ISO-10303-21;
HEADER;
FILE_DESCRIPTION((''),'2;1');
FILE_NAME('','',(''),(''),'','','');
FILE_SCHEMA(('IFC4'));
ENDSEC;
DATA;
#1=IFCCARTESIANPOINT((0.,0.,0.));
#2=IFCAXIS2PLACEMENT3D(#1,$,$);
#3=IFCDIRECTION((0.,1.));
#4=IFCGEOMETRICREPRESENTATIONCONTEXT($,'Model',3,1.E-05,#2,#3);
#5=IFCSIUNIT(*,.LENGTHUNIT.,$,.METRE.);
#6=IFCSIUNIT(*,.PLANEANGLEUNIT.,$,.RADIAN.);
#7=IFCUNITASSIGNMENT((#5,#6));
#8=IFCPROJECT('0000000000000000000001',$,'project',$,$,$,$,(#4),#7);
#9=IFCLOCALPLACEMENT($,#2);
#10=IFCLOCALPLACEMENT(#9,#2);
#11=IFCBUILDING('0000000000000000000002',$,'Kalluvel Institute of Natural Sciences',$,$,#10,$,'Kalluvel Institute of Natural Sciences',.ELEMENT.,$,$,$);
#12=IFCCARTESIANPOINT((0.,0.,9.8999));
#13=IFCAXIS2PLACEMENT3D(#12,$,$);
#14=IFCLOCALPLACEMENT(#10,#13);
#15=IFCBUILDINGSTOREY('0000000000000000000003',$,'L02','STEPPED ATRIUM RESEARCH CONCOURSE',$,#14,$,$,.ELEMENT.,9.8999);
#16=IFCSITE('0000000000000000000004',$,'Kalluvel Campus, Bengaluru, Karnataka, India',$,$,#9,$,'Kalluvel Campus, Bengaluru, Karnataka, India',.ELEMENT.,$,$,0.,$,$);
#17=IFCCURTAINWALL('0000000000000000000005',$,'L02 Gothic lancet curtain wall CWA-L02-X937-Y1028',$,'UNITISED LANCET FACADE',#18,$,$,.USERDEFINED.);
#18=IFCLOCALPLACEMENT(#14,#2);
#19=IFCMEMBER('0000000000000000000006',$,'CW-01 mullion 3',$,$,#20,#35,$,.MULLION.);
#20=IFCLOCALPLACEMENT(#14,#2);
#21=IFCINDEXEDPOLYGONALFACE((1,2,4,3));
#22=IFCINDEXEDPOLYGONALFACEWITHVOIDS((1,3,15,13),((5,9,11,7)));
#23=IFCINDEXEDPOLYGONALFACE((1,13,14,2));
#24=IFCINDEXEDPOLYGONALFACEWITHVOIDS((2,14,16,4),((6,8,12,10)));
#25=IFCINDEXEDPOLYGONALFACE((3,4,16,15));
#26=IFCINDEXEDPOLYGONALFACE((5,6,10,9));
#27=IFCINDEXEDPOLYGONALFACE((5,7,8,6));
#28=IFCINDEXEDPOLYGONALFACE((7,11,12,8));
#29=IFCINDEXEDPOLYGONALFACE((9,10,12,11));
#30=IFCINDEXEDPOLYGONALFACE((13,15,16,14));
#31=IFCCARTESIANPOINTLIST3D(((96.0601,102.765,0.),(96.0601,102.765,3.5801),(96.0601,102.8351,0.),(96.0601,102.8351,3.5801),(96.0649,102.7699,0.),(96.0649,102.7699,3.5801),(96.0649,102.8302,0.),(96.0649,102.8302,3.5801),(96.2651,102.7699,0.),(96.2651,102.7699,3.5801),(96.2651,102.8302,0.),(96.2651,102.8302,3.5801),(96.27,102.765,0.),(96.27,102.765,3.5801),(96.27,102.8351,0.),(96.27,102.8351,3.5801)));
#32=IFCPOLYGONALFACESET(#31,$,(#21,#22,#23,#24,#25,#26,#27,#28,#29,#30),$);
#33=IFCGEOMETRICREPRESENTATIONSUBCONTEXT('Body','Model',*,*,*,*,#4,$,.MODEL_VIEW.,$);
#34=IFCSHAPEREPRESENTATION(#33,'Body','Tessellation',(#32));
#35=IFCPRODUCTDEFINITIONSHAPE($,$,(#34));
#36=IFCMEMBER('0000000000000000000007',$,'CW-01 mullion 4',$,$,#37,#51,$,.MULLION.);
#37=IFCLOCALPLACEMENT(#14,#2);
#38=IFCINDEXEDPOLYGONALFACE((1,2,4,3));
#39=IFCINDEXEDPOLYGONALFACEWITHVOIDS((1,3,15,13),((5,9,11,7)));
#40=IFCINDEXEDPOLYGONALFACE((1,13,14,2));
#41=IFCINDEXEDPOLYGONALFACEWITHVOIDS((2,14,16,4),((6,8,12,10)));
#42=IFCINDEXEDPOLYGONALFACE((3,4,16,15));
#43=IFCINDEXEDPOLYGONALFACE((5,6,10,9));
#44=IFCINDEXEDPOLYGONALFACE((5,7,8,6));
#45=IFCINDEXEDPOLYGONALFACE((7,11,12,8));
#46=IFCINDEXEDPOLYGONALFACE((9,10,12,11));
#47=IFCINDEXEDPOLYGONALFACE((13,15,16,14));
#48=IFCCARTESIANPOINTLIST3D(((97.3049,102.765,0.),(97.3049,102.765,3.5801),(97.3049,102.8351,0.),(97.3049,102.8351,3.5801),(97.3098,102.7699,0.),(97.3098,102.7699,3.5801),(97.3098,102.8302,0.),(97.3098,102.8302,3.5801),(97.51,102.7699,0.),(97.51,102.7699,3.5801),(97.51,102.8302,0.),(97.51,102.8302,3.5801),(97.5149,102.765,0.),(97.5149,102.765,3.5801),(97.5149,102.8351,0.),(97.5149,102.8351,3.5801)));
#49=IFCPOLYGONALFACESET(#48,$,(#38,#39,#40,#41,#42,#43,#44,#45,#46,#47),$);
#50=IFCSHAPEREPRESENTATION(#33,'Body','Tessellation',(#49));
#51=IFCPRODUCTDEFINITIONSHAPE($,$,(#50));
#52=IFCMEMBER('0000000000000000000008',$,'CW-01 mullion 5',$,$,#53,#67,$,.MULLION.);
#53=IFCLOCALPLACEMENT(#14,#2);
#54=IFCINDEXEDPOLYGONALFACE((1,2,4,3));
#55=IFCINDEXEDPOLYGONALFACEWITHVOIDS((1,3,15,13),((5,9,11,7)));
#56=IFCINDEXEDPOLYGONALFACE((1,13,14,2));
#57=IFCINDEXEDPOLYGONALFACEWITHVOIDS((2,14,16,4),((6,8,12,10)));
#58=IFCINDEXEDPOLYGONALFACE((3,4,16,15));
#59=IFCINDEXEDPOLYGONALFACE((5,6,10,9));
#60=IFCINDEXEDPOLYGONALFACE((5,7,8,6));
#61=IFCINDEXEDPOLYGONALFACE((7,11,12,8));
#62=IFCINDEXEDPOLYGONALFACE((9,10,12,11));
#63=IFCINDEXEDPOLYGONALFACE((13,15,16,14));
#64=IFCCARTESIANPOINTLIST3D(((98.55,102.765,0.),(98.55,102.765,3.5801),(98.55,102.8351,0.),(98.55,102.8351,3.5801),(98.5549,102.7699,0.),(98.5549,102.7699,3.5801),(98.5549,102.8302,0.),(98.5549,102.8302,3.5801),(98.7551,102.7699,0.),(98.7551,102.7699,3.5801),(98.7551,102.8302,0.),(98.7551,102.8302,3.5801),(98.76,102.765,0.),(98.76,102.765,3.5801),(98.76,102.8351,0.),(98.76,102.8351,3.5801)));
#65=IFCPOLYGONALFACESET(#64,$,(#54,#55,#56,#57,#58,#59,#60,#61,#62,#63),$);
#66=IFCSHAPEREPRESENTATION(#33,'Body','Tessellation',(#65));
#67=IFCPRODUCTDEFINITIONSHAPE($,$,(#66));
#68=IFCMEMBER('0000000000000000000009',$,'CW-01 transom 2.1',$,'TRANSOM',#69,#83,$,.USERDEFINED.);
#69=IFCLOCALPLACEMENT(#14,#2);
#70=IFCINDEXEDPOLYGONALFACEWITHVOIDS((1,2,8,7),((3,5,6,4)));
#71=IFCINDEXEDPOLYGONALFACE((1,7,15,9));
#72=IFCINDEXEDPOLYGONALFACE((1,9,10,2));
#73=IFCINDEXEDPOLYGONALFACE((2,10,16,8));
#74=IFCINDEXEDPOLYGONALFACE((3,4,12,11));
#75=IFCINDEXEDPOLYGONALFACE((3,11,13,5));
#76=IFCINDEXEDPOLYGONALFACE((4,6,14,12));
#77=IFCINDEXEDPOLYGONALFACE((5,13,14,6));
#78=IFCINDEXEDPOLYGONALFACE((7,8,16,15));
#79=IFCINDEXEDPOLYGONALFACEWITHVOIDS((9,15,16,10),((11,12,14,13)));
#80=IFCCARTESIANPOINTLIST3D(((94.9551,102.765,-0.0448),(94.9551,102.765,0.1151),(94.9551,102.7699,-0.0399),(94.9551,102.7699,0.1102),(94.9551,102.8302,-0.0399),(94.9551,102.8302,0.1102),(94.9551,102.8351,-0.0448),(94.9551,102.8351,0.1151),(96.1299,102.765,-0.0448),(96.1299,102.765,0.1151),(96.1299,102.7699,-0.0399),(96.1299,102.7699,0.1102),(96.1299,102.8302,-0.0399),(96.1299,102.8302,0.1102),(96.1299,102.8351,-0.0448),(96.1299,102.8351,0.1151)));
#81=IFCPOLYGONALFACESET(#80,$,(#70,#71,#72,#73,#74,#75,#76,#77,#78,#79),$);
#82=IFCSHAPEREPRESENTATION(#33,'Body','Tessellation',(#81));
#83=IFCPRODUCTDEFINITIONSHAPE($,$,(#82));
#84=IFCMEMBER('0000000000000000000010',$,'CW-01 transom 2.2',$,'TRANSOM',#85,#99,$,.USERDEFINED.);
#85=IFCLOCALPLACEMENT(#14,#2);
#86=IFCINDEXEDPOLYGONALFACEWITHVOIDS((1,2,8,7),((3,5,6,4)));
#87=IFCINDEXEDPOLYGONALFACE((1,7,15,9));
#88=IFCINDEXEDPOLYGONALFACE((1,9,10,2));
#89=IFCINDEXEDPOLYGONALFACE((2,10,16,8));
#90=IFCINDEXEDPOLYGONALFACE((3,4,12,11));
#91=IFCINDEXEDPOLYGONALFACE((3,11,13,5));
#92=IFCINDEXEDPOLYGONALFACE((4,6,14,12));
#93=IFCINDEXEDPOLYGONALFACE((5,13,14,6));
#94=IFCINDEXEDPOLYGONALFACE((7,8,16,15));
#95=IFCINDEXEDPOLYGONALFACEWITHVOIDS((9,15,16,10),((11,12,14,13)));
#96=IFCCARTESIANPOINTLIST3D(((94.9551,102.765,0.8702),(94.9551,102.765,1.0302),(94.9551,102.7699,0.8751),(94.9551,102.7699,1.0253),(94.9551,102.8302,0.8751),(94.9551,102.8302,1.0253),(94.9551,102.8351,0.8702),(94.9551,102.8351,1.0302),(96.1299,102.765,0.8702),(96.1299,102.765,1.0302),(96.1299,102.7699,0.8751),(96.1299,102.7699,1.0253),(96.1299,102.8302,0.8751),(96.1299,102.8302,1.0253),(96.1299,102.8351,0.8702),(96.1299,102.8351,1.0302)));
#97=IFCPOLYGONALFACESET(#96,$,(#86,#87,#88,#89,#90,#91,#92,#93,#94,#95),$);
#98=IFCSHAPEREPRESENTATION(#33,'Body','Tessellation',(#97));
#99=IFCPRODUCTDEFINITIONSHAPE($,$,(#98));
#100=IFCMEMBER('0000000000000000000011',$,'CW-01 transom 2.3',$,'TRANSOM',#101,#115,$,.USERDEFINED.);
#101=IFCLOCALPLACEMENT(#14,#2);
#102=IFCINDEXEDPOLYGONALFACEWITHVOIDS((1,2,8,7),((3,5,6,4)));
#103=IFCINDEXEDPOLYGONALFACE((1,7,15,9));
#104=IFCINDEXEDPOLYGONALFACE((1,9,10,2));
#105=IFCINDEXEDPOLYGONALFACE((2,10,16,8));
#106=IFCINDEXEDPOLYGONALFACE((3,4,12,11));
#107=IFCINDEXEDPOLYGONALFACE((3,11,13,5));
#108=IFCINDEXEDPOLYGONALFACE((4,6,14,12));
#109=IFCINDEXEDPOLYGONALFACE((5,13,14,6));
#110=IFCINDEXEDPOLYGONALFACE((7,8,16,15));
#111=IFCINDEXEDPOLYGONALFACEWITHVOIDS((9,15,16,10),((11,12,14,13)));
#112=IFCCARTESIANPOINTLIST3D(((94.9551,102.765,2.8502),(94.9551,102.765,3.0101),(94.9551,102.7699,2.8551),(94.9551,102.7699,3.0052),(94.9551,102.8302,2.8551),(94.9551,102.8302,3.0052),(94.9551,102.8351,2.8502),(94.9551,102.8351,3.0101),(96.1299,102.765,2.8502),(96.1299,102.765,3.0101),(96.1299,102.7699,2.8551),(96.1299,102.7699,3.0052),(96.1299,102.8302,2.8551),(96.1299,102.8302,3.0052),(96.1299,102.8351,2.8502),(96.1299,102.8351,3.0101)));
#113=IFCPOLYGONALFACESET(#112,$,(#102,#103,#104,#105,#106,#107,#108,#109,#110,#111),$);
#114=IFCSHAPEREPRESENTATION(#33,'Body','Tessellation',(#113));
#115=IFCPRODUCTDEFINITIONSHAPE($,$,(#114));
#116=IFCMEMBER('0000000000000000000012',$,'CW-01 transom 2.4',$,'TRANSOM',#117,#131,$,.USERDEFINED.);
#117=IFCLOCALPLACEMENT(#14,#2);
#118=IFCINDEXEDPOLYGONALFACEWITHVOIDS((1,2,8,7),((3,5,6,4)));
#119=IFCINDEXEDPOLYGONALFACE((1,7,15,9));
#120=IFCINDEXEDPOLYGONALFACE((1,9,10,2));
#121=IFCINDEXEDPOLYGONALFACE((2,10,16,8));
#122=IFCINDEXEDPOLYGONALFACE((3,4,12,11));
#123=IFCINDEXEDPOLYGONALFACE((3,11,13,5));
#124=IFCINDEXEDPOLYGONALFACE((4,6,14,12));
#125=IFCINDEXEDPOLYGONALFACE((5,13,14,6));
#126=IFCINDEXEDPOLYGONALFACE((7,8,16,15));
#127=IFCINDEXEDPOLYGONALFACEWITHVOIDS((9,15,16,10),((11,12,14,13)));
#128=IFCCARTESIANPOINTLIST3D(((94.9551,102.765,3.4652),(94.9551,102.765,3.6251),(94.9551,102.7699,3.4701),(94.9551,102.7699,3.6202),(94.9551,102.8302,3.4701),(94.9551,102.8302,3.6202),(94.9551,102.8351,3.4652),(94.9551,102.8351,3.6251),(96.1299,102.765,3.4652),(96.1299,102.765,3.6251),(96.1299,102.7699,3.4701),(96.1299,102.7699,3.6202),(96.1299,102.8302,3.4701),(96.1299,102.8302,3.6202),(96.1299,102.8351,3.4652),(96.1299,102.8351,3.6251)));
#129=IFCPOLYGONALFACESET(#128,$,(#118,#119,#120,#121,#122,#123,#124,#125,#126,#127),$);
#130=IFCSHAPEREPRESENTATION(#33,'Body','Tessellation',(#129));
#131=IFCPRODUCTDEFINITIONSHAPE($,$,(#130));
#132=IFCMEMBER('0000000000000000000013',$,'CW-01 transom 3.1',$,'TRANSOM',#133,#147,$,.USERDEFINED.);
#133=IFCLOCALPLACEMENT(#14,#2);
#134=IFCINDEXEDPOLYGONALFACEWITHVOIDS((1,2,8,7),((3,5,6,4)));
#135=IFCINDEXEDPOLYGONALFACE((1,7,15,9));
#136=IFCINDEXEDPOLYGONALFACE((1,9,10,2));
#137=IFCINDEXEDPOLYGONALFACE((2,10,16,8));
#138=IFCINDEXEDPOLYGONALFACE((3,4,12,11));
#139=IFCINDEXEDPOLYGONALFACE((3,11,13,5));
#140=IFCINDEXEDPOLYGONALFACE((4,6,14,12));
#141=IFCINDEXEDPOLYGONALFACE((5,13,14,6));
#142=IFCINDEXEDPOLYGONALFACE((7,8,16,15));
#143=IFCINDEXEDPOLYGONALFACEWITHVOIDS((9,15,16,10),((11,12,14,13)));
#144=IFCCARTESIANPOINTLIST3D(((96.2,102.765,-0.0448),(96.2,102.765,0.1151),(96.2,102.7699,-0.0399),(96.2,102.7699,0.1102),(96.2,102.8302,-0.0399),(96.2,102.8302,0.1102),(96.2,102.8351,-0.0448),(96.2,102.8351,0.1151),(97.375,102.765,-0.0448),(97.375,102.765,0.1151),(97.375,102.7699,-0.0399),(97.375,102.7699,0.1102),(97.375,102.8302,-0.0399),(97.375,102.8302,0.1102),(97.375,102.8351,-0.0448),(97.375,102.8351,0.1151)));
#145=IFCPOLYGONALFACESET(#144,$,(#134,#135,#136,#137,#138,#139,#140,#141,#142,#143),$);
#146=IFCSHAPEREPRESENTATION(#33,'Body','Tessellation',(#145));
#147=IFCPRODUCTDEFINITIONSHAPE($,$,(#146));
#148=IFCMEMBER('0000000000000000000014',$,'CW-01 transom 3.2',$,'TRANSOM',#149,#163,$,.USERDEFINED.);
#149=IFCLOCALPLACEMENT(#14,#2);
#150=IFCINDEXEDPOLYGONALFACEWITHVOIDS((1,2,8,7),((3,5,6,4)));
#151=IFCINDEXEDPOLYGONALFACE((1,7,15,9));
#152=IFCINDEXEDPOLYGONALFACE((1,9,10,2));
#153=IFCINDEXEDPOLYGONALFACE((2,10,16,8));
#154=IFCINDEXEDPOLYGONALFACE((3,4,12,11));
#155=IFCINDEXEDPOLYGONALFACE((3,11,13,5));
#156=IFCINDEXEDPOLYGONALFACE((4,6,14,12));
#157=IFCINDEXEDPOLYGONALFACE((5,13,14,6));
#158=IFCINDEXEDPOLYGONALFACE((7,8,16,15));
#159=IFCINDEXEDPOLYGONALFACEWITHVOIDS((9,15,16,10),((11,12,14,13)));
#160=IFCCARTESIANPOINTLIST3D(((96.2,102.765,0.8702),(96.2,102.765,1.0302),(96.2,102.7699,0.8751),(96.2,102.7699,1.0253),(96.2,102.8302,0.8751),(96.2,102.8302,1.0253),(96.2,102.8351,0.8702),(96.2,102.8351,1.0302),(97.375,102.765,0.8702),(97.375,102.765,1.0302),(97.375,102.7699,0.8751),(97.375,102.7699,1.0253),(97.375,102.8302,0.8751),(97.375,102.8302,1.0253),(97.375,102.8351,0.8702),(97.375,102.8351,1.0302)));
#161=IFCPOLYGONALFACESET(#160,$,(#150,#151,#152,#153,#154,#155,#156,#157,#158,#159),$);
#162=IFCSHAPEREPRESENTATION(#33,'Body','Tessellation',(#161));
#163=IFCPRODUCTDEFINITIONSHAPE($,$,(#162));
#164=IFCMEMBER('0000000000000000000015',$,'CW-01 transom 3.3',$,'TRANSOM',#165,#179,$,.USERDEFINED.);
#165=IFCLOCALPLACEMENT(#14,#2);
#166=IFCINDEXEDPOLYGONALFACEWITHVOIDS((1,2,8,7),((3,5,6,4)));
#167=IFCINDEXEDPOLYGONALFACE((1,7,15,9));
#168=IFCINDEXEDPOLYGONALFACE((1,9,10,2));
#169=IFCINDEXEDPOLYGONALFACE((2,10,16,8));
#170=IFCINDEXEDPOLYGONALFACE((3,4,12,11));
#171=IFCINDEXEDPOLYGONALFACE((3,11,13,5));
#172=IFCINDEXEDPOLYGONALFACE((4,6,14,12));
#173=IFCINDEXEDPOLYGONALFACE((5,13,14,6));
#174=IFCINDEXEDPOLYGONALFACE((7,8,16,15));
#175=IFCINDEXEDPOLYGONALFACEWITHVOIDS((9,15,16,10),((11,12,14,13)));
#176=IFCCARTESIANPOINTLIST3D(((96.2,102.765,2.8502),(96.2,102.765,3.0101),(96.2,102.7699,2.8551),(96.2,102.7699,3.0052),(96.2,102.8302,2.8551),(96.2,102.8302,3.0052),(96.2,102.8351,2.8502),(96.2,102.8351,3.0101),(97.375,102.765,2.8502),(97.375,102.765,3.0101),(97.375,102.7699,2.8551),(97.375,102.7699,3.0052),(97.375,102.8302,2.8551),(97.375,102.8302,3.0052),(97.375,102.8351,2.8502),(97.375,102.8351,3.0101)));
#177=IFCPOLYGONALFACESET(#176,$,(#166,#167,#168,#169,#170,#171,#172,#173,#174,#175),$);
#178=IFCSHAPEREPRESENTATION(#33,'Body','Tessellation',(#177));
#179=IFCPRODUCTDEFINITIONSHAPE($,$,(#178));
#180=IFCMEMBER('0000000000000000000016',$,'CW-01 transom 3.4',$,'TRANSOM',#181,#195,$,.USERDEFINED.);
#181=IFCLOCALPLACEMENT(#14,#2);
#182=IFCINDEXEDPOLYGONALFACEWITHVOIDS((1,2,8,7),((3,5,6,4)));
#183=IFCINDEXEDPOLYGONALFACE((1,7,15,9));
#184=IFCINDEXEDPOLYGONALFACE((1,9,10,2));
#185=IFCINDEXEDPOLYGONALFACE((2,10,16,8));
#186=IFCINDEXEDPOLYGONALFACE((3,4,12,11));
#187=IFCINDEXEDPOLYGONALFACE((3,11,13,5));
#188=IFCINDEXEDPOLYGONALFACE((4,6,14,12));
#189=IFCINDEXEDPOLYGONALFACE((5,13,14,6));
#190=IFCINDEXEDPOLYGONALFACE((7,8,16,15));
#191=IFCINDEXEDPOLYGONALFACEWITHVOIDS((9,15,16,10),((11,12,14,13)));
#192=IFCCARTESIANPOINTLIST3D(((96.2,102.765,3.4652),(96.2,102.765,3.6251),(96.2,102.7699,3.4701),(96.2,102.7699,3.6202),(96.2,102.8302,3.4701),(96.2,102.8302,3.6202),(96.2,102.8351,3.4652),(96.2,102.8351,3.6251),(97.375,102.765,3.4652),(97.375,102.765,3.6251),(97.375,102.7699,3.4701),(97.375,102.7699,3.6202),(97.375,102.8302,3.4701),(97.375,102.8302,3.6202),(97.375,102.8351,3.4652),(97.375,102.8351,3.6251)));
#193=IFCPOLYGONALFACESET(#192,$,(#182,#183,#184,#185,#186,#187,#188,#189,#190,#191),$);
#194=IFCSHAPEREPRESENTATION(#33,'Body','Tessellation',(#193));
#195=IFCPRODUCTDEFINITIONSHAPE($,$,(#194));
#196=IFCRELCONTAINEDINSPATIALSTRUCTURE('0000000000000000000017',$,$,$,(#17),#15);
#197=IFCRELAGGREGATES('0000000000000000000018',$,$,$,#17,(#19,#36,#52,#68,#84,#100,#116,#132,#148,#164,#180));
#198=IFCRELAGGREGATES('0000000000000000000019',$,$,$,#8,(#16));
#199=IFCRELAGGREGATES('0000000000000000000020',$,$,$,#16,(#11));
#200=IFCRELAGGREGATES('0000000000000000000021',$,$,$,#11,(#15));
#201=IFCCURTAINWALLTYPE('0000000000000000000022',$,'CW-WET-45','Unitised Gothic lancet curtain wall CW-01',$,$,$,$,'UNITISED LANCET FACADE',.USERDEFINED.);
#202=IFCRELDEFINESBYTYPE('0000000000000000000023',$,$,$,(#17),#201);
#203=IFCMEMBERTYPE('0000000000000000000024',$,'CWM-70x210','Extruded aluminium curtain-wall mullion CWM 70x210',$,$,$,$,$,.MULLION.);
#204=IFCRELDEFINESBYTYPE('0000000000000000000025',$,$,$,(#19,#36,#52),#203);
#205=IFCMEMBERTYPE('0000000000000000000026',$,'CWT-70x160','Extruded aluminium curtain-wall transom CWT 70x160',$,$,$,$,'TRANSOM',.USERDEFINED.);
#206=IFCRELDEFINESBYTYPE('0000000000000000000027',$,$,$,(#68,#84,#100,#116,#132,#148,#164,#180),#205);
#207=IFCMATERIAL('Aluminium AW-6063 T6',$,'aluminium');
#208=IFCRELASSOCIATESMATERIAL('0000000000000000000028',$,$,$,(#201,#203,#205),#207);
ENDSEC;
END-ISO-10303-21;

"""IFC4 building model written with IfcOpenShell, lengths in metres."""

from ifc_helpers import new_model, si_unit, direction, frame, origin, origin_2d, place, context, subcontext, project, spatial, hollow_rectangle, extrude, material, material_profile, profile_set, type_object, element, aggregate, save


model = new_model("IFC4")

# Units and contexts
model_context = context("Model", 3, precision=1e-05, world=origin(), true_north=direction((0.0, 1.0)))
body_context = subcontext(model_context, "Body", "Model", "MODEL_VIEW")
ifc_project = project(units=[si_unit("LENGTHUNIT", "METRE"), si_unit("PLANEANGLEUNIT", "RADIAN")], contexts=[model_context])

# Site, building, storey
site_placement = place(None, origin())
site = spatial("IfcSite", under=ifc_project, at=site_placement, Name="Kalluvel Campus, Bengaluru, Karnataka, India", LongName="Kalluvel Campus, Bengaluru, Karnataka, India", CompositionType="ELEMENT", RefElevation=0.0)
building_placement = place(site_placement, origin())
building = spatial("IfcBuilding", under=site, at=building_placement, Name="Kalluvel Institute of Natural Sciences", LongName="Kalluvel Institute of Natural Sciences", CompositionType="ELEMENT")
storey_placement = place(building_placement, frame((0.0, 0.0, 9.8999)))
storey = spatial("IfcBuildingStorey", under=building, at=storey_placement, Name="L02", Description="STEPPED ATRIUM RESEARCH CONCOURSE", CompositionType="ELEMENT", Elevation=9.8999)

# Curtain wall, members
ifc_material_1 = material(Name="Aluminium AW-6063 T6", Category="aluminium")
curtain_wall_type = type_object("IfcCurtainWallType", Name="CW-WET-45", Description="Unitised Gothic lancet curtain wall CW-01", ElementType="UNITISED LANCET FACADE", PredefinedType="USERDEFINED", material=ifc_material_1)
curtain_wall_placement = place(storey_placement, origin())
curtain_wall = element("IfcCurtainWall", 1, at=curtain_wall_placement, inside=storey, type_object=curtain_wall_type, Name="L02 Gothic lancet curtain wall CWA-L02-X937-Y1028", ObjectType="UNITISED LANCET FACADE", PredefinedType="USERDEFINED")
ifc_material_profile_1 = material_profile(ifc_material_1, hollow_rectangle(XDim=0.0701, YDim=0.21, WallThickness=0.0049, at=origin_2d()), Name="CWM 70x210")
ifc_profile_set_1 = profile_set([ifc_material_profile_1], Name="Aluminium AW-6063 T6")
member_type_1 = type_object("IfcMemberType", Name="CWM-70x210", Description="Extruded aluminium curtain-wall mullion CWM 70x210", PredefinedType="MULLION", material=ifc_profile_set_1)
member_1_placement = place(storey_placement, frame((96.165, 102.8, 0.0), z_axis=(0.0, 0.0, 1.0), x_axis=(0.0, 1.0, 0.0)))
member_1 = element("IfcMember", 2, at=member_1_placement, type_object=member_type_1, Name="CW-01 mullion 3", PredefinedType="MULLION", context=body_context, shape_type="SweptSolid", body=[
    extrude(hollow_rectangle(XDim=0.0701, YDim=0.21, WallThickness=0.0049, at=origin_2d()), origin(), (0.0, 0.0, 1.0), 3.5801),
])
member_2_placement = place(storey_placement, frame((97.4099, 102.8, 0.0), z_axis=(0.0, 0.0, 1.0), x_axis=(0.0, 1.0, 0.0)))
member_2 = element("IfcMember", 3, at=member_2_placement, type_object=member_type_1, Name="CW-01 mullion 4", PredefinedType="MULLION", context=body_context, shape_type="SweptSolid", body=[
    extrude(hollow_rectangle(XDim=0.0701, YDim=0.21, WallThickness=0.0049, at=origin_2d()), origin(), (0.0, 0.0, 1.0), 3.5801),
])
member_3_placement = place(storey_placement, frame((98.655, 102.8, 0.0), z_axis=(0.0, 0.0, 1.0), x_axis=(0.0, 1.0, 0.0)))
member_3 = element("IfcMember", 4, at=member_3_placement, type_object=member_type_1, Name="CW-01 mullion 5", PredefinedType="MULLION", context=body_context, shape_type="SweptSolid", body=[
    extrude(hollow_rectangle(XDim=0.0701, YDim=0.21, WallThickness=0.0049, at=origin_2d()), origin(), (0.0, 0.0, 1.0), 3.5801),
])
ifc_material_profile_2 = material_profile(ifc_material_1, hollow_rectangle(XDim=0.0701, YDim=0.1599, WallThickness=0.0049, at=origin_2d()), Name="CWT 70x160")
ifc_profile_set_2 = profile_set([ifc_material_profile_2], Name="Aluminium AW-6063 T6")
member_type_2 = type_object("IfcMemberType", Name="CWT-70x160", Description="Extruded aluminium curtain-wall transom CWT 70x160", ElementType="TRANSOM", PredefinedType="USERDEFINED", material=ifc_profile_set_2)
member_4_placement = place(storey_placement, frame((94.9551, 102.8, 0.0352), z_axis=(1.0, 0.0, 0.0), x_axis=(0.0, 1.0, 0.0)))
member_4 = element("IfcMember", 5, at=member_4_placement, type_object=member_type_2, Name="CW-01 transom 2.1", ObjectType="TRANSOM", PredefinedType="USERDEFINED", context=body_context, shape_type="SweptSolid", body=[
    extrude(hollow_rectangle(XDim=0.0701, YDim=0.1599, WallThickness=0.0049, at=origin_2d()), origin(), (0.0, 0.0, 1.0), 1.1748),
])
member_5_placement = place(storey_placement, frame((94.9551, 102.8, 0.9502), z_axis=(1.0, 0.0, 0.0), x_axis=(0.0, 1.0, 0.0)))
member_5 = element("IfcMember", 6, at=member_5_placement, type_object=member_type_2, Name="CW-01 transom 2.2", ObjectType="TRANSOM", PredefinedType="USERDEFINED", context=body_context, shape_type="SweptSolid", body=[
    extrude(hollow_rectangle(XDim=0.0701, YDim=0.1599, WallThickness=0.0049, at=origin_2d()), origin(), (0.0, 0.0, 1.0), 1.1748),
])
member_6_placement = place(storey_placement, frame((94.9551, 102.8, 2.9302), z_axis=(1.0, 0.0, 0.0), x_axis=(0.0, 1.0, 0.0)))
member_6 = element("IfcMember", 7, at=member_6_placement, type_object=member_type_2, Name="CW-01 transom 2.3", ObjectType="TRANSOM", PredefinedType="USERDEFINED", context=body_context, shape_type="SweptSolid", body=[
    extrude(hollow_rectangle(XDim=0.0701, YDim=0.1599, WallThickness=0.0049, at=origin_2d()), origin(), (0.0, 0.0, 1.0), 1.1748),
])
member_7_placement = place(storey_placement, frame((94.9551, 102.8, 3.5452), z_axis=(1.0, 0.0, 0.0), x_axis=(0.0, 1.0, 0.0)))
member_7 = element("IfcMember", 8, at=member_7_placement, type_object=member_type_2, Name="CW-01 transom 2.4", ObjectType="TRANSOM", PredefinedType="USERDEFINED", context=body_context, shape_type="SweptSolid", body=[
    extrude(hollow_rectangle(XDim=0.0701, YDim=0.1599, WallThickness=0.0049, at=origin_2d()), origin(), (0.0, 0.0, 1.0), 1.1748),
])
member_8_placement = place(storey_placement, frame((96.2, 102.8, 0.0352), z_axis=(1.0, 0.0, 0.0), x_axis=(0.0, 1.0, 0.0)))
member_8 = element("IfcMember", 9, at=member_8_placement, type_object=member_type_2, Name="CW-01 transom 3.1", ObjectType="TRANSOM", PredefinedType="USERDEFINED", context=body_context, shape_type="SweptSolid", body=[
    extrude(hollow_rectangle(XDim=0.0701, YDim=0.1599, WallThickness=0.0049, at=origin_2d()), origin(), (0.0, 0.0, 1.0), 1.175),
])
member_9_placement = place(storey_placement, frame((96.2, 102.8, 0.9502), z_axis=(1.0, 0.0, 0.0), x_axis=(0.0, 1.0, 0.0)))
member_9 = element("IfcMember", 10, at=member_9_placement, type_object=member_type_2, Name="CW-01 transom 3.2", ObjectType="TRANSOM", PredefinedType="USERDEFINED", context=body_context, shape_type="SweptSolid", body=[
    extrude(hollow_rectangle(XDim=0.0701, YDim=0.1599, WallThickness=0.0049, at=origin_2d()), origin(), (0.0, 0.0, 1.0), 1.175),
])
member_10_placement = place(storey_placement, frame((96.2, 102.8, 2.9302), z_axis=(1.0, 0.0, 0.0), x_axis=(0.0, 1.0, 0.0)))
member_10 = element("IfcMember", 11, at=member_10_placement, type_object=member_type_2, Name="CW-01 transom 3.3", ObjectType="TRANSOM", PredefinedType="USERDEFINED", context=body_context, shape_type="SweptSolid", body=[
    extrude(hollow_rectangle(XDim=0.0701, YDim=0.1599, WallThickness=0.0049, at=origin_2d()), origin(), (0.0, 0.0, 1.0), 1.175),
])
member_11_placement = place(storey_placement, frame((96.2, 102.8, 3.5452), z_axis=(1.0, 0.0, 0.0), x_axis=(0.0, 1.0, 0.0)))
member_11 = element("IfcMember", 12, at=member_11_placement, type_object=member_type_2, Name="CW-01 transom 3.4", ObjectType="TRANSOM", PredefinedType="USERDEFINED", context=body_context, shape_type="SweptSolid", body=[
    extrude(hollow_rectangle(XDim=0.0701, YDim=0.1599, WallThickness=0.0049, at=origin_2d()), origin(), (0.0, 0.0, 1.0), 1.175),
])
aggregate(curtain_wall, [member_1, member_2, member_3, member_4, member_5, member_6, member_7, member_8, member_9, member_10, member_11])

save(model, "model.ifc")
